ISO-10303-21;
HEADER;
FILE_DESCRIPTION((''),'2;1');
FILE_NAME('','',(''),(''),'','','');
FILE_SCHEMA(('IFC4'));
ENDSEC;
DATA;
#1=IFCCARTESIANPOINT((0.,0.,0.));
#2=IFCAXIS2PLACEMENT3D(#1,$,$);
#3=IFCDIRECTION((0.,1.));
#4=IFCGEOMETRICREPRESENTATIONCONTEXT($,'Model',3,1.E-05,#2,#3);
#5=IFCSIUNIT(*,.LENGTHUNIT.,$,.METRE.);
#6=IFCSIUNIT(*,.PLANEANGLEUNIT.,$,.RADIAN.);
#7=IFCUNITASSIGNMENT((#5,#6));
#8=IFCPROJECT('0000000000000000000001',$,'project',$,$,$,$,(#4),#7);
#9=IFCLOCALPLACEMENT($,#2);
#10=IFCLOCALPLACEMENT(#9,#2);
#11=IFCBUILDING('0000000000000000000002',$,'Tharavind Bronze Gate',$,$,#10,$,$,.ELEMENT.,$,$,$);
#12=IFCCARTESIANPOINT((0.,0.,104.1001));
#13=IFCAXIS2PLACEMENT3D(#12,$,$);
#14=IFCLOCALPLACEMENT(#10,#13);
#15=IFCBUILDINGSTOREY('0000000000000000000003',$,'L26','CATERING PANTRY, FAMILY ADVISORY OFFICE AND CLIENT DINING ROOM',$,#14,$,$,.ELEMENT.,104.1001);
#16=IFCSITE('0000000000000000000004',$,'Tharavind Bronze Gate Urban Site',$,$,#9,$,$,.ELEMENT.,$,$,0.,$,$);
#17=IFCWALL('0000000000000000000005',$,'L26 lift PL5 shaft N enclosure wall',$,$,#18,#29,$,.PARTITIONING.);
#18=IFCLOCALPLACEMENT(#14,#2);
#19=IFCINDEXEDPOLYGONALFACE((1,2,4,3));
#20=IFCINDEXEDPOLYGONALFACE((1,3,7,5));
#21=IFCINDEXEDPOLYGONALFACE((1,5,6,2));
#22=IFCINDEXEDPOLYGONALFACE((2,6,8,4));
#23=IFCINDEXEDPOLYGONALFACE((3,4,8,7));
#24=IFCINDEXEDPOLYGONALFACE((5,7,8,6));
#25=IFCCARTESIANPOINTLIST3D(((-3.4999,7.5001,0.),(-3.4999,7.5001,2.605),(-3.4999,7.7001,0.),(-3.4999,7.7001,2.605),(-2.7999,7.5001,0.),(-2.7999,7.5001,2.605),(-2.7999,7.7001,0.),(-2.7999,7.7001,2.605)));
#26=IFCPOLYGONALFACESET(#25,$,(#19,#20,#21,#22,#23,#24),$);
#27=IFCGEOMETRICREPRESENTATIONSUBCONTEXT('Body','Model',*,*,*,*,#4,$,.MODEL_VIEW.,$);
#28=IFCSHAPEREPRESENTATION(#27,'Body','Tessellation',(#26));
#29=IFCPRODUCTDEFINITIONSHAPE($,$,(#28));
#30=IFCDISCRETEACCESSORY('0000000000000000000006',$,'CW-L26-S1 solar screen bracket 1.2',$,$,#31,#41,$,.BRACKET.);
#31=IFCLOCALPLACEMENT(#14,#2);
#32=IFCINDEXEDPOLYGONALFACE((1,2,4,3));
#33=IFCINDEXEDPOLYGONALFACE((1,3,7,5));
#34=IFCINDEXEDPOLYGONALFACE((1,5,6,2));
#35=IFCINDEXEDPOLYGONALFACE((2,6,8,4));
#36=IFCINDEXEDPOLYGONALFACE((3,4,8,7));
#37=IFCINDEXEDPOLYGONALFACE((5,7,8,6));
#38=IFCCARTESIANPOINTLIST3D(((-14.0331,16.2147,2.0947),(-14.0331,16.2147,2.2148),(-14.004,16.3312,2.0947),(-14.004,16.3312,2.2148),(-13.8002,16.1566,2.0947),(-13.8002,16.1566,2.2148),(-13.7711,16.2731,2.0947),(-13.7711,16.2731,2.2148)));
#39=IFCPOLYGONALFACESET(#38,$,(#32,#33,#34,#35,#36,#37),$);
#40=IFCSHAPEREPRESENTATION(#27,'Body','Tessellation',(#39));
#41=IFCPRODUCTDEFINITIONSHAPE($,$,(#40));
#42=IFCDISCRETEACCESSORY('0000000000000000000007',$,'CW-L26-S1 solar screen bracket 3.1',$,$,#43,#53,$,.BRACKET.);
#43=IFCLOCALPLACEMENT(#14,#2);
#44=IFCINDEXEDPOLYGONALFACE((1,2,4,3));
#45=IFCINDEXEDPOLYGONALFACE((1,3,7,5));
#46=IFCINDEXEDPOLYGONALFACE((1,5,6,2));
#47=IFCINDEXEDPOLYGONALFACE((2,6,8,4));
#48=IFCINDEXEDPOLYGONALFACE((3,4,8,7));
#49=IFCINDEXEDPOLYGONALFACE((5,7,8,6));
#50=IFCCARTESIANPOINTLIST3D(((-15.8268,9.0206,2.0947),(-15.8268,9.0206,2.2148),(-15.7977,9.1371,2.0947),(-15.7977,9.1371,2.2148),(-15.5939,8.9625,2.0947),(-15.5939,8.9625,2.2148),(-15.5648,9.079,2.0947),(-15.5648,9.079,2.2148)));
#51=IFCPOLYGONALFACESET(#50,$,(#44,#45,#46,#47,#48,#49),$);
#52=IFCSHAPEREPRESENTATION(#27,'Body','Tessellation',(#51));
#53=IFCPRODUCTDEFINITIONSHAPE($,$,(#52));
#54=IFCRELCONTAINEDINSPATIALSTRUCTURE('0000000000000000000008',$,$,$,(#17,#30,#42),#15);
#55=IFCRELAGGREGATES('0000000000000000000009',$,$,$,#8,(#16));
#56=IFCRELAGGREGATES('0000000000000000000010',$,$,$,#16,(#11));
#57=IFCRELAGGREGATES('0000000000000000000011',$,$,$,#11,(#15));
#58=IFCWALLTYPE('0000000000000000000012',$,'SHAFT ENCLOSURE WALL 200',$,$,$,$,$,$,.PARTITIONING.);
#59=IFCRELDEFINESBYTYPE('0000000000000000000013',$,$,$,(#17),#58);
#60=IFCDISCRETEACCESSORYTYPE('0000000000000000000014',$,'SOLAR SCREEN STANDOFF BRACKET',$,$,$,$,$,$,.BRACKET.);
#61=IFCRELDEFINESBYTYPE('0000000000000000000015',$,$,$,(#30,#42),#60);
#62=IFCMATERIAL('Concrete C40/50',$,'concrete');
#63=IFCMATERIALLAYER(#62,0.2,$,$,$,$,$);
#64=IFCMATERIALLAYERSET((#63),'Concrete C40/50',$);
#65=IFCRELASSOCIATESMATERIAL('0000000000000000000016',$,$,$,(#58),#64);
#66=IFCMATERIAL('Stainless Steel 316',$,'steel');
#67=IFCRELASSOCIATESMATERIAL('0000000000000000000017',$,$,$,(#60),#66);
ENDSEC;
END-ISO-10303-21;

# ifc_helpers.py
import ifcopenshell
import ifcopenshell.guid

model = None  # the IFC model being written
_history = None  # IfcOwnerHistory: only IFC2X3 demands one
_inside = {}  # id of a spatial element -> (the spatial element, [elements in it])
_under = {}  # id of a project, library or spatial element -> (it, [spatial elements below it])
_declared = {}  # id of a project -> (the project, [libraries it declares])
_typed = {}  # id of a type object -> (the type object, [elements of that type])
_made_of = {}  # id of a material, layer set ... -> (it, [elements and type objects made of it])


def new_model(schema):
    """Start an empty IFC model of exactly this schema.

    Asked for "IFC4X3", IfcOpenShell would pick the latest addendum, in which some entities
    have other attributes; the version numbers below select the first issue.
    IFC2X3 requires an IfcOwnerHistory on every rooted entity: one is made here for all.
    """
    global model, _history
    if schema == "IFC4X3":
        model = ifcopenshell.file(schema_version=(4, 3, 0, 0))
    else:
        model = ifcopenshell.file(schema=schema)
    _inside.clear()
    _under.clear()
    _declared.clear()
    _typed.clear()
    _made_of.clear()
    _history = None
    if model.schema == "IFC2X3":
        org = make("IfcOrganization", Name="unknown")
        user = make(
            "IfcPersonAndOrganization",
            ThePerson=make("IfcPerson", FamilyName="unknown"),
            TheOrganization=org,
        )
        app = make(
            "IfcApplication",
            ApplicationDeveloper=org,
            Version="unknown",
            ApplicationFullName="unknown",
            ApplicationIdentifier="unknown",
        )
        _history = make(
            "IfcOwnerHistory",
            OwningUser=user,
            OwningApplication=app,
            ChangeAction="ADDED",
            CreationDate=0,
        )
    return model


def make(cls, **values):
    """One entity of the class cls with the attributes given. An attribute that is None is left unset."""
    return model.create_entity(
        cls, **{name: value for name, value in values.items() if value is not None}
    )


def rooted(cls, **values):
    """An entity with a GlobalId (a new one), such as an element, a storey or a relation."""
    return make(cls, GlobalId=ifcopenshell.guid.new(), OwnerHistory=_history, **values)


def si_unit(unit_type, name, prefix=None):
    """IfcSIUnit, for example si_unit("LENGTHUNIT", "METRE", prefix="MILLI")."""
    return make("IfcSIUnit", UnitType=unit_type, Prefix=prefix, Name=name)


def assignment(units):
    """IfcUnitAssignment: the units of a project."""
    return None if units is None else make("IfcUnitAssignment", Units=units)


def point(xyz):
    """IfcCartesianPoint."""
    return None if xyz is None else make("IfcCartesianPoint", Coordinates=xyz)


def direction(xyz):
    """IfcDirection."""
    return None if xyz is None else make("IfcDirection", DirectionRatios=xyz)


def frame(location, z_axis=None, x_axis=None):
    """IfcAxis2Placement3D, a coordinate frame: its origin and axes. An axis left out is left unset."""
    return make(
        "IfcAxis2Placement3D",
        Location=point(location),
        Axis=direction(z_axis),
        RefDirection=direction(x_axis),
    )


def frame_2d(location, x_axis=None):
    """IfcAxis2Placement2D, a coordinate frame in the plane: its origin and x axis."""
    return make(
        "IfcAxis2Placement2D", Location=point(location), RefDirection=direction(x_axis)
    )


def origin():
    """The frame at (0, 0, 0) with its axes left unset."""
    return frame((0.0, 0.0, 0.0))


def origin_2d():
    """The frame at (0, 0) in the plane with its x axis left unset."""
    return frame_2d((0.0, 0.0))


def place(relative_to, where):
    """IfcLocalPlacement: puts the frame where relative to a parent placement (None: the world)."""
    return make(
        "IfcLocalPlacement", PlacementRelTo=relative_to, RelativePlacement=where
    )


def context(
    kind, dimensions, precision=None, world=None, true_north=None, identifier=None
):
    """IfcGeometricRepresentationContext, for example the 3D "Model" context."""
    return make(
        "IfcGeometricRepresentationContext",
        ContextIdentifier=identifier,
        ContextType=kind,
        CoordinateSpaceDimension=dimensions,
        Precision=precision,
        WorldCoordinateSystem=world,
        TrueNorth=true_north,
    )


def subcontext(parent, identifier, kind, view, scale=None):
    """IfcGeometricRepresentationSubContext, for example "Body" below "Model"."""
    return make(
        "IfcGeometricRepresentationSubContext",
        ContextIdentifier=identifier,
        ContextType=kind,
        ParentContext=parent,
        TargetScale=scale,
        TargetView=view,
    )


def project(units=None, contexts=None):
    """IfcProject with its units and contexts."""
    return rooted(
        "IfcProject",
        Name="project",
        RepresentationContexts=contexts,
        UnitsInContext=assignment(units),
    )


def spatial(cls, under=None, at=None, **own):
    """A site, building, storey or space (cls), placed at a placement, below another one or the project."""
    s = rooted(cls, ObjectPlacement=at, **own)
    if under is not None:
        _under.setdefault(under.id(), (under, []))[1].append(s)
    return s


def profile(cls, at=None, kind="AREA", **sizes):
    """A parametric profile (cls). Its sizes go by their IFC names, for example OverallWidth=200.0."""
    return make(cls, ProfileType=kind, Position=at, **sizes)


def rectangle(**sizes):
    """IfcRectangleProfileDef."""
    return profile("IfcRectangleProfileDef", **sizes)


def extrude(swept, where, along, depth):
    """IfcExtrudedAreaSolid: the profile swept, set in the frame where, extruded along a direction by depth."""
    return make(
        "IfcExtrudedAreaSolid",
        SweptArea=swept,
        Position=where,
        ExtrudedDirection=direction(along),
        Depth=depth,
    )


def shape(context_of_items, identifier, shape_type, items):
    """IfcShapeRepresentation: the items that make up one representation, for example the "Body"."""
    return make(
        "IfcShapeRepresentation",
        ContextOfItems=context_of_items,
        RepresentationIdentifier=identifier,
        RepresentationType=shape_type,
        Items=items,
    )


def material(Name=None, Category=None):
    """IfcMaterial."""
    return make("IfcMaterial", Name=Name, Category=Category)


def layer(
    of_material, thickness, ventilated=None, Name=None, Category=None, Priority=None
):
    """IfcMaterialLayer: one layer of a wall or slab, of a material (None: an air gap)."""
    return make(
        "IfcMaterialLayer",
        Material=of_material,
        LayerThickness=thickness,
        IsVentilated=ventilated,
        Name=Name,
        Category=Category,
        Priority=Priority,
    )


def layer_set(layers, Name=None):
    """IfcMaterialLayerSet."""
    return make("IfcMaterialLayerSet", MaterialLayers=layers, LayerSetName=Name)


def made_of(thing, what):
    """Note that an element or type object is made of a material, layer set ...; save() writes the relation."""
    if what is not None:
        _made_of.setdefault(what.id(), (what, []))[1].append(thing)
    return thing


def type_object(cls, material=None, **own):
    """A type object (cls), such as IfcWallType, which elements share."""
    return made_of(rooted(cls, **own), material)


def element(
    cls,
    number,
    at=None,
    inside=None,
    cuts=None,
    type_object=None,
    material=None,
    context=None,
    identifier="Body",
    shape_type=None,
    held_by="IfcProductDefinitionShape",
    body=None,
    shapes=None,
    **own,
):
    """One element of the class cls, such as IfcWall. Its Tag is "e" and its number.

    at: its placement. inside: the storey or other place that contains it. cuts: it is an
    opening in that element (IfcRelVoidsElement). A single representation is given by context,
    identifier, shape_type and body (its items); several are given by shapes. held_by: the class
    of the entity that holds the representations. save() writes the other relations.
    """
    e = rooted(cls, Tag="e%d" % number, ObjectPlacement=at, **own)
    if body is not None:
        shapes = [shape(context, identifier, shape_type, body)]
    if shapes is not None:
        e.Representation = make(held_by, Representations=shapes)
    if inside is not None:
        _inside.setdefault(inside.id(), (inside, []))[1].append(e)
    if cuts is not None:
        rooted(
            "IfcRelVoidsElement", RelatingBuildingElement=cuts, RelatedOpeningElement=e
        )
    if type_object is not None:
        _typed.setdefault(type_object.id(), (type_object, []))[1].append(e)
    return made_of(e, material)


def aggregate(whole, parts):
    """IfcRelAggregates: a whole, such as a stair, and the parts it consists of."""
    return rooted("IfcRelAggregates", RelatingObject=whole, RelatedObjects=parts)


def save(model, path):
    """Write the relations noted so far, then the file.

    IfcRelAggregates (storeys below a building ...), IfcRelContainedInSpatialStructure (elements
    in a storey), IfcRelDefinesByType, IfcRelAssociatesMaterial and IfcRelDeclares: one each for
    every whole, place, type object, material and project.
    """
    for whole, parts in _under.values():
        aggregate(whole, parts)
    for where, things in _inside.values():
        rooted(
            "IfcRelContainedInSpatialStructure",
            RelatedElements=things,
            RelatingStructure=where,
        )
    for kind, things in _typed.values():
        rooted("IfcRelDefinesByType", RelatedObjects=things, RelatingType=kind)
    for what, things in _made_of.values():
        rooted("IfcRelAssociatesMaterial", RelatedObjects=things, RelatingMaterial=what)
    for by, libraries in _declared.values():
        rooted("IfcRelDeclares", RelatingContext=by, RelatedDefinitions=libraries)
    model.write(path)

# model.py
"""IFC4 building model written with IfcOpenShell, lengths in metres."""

from ifc_helpers import new_model, si_unit, direction, frame, frame_2d, origin, origin_2d, place, context, subcontext, project, spatial, rectangle, extrude, material, layer, layer_set, type_object, element, save


model = new_model("IFC4")

# Units and contexts
model_context = context("Model", 3, precision=1e-05, world=origin(), true_north=direction((0.0, 1.0)))
body_context = subcontext(model_context, "Body", "Model", "MODEL_VIEW")
ifc_project = project(units=[si_unit("LENGTHUNIT", "METRE"), si_unit("PLANEANGLEUNIT", "RADIAN")], contexts=[model_context])

# Site, building, storey
site_placement = place(None, origin())
site = spatial("IfcSite", under=ifc_project, at=site_placement, Name="Tharavind Bronze Gate Urban Site", CompositionType="ELEMENT", RefElevation=0.0)
building_placement = place(site_placement, origin())
building = spatial("IfcBuilding", under=site, at=building_placement, Name="Tharavind Bronze Gate", CompositionType="ELEMENT")
storey_placement = place(building_placement, frame((0.0, 0.0, 104.1001)))
storey = spatial("IfcBuildingStorey", under=building, at=storey_placement, Name="L26", Description="CATERING PANTRY, FAMILY ADVISORY OFFICE AND CLIENT DINING ROOM", CompositionType="ELEMENT", Elevation=104.1001)

# Shared definitions
ifc_material_1 = material(Name="Concrete C40/50", Category="concrete")

# Wall
ifc_layer_1 = layer(ifc_material_1, 0.2)
ifc_layer_set_1 = layer_set([ifc_layer_1], Name="Concrete C40/50")
wall_type_1 = type_object("IfcWallType", Name="SHAFT ENCLOSURE WALL 200", PredefinedType="PARTITIONING", material=ifc_layer_set_1)
wall_1_placement = place(storey_placement, frame((-3.5, 7.6001, 0.0), z_axis=(0.0, 0.0, 1.0), x_axis=(1.0, 0.0, 0.0)))
element("IfcWall", 1, at=wall_1_placement, inside=storey, type_object=wall_type_1, Name="L26 lift PL5 shaft N enclosure wall", PredefinedType="PARTITIONING", context=body_context, shape_type="SweptSolid", body=[
    extrude(rectangle(XDim=0.7, YDim=0.2, at=frame_2d((0.3501, 0.0))), origin(), (0.0, 0.0, 1.0), 2.605),
])

# Discrete accessories
ifc_material_2 = material(Name="Stainless Steel 316", Category="steel")
discrete_accessory_type = type_object("IfcDiscreteAccessoryType", Name="SOLAR SCREEN STANDOFF BRACKET", PredefinedType="BRACKET", material=ifc_material_2)
for number, where, z_axis, x_axis, name in (
    (2, (-13.9021, 16.2439, 2.0947), (0.0, 0.0, 1.0), (-0.241922, -0.970296, 0.0), "CW-L26-S1 solar screen bracket 1.2"),
    (3, (-15.6958, 9.0498, 2.0947), (0.0, 0.0, 1.0), (-0.241922, -0.970296, 0.0), "CW-L26-S1 solar screen bracket 3.1"),
):
    element("IfcDiscreteAccessory", number, at=place(storey_placement, frame(where, z_axis=z_axis, x_axis=x_axis)), inside=storey, type_object=discrete_accessory_type, Name=name, PredefinedType="BRACKET", context=body_context, shape_type="SweptSolid", body=[
        extrude(rectangle(XDim=0.1201, YDim=0.24, at=origin_2d()), origin(), (0.0, 0.0, 1.0), 0.1201),
    ])

save(model, "model.ifc")
